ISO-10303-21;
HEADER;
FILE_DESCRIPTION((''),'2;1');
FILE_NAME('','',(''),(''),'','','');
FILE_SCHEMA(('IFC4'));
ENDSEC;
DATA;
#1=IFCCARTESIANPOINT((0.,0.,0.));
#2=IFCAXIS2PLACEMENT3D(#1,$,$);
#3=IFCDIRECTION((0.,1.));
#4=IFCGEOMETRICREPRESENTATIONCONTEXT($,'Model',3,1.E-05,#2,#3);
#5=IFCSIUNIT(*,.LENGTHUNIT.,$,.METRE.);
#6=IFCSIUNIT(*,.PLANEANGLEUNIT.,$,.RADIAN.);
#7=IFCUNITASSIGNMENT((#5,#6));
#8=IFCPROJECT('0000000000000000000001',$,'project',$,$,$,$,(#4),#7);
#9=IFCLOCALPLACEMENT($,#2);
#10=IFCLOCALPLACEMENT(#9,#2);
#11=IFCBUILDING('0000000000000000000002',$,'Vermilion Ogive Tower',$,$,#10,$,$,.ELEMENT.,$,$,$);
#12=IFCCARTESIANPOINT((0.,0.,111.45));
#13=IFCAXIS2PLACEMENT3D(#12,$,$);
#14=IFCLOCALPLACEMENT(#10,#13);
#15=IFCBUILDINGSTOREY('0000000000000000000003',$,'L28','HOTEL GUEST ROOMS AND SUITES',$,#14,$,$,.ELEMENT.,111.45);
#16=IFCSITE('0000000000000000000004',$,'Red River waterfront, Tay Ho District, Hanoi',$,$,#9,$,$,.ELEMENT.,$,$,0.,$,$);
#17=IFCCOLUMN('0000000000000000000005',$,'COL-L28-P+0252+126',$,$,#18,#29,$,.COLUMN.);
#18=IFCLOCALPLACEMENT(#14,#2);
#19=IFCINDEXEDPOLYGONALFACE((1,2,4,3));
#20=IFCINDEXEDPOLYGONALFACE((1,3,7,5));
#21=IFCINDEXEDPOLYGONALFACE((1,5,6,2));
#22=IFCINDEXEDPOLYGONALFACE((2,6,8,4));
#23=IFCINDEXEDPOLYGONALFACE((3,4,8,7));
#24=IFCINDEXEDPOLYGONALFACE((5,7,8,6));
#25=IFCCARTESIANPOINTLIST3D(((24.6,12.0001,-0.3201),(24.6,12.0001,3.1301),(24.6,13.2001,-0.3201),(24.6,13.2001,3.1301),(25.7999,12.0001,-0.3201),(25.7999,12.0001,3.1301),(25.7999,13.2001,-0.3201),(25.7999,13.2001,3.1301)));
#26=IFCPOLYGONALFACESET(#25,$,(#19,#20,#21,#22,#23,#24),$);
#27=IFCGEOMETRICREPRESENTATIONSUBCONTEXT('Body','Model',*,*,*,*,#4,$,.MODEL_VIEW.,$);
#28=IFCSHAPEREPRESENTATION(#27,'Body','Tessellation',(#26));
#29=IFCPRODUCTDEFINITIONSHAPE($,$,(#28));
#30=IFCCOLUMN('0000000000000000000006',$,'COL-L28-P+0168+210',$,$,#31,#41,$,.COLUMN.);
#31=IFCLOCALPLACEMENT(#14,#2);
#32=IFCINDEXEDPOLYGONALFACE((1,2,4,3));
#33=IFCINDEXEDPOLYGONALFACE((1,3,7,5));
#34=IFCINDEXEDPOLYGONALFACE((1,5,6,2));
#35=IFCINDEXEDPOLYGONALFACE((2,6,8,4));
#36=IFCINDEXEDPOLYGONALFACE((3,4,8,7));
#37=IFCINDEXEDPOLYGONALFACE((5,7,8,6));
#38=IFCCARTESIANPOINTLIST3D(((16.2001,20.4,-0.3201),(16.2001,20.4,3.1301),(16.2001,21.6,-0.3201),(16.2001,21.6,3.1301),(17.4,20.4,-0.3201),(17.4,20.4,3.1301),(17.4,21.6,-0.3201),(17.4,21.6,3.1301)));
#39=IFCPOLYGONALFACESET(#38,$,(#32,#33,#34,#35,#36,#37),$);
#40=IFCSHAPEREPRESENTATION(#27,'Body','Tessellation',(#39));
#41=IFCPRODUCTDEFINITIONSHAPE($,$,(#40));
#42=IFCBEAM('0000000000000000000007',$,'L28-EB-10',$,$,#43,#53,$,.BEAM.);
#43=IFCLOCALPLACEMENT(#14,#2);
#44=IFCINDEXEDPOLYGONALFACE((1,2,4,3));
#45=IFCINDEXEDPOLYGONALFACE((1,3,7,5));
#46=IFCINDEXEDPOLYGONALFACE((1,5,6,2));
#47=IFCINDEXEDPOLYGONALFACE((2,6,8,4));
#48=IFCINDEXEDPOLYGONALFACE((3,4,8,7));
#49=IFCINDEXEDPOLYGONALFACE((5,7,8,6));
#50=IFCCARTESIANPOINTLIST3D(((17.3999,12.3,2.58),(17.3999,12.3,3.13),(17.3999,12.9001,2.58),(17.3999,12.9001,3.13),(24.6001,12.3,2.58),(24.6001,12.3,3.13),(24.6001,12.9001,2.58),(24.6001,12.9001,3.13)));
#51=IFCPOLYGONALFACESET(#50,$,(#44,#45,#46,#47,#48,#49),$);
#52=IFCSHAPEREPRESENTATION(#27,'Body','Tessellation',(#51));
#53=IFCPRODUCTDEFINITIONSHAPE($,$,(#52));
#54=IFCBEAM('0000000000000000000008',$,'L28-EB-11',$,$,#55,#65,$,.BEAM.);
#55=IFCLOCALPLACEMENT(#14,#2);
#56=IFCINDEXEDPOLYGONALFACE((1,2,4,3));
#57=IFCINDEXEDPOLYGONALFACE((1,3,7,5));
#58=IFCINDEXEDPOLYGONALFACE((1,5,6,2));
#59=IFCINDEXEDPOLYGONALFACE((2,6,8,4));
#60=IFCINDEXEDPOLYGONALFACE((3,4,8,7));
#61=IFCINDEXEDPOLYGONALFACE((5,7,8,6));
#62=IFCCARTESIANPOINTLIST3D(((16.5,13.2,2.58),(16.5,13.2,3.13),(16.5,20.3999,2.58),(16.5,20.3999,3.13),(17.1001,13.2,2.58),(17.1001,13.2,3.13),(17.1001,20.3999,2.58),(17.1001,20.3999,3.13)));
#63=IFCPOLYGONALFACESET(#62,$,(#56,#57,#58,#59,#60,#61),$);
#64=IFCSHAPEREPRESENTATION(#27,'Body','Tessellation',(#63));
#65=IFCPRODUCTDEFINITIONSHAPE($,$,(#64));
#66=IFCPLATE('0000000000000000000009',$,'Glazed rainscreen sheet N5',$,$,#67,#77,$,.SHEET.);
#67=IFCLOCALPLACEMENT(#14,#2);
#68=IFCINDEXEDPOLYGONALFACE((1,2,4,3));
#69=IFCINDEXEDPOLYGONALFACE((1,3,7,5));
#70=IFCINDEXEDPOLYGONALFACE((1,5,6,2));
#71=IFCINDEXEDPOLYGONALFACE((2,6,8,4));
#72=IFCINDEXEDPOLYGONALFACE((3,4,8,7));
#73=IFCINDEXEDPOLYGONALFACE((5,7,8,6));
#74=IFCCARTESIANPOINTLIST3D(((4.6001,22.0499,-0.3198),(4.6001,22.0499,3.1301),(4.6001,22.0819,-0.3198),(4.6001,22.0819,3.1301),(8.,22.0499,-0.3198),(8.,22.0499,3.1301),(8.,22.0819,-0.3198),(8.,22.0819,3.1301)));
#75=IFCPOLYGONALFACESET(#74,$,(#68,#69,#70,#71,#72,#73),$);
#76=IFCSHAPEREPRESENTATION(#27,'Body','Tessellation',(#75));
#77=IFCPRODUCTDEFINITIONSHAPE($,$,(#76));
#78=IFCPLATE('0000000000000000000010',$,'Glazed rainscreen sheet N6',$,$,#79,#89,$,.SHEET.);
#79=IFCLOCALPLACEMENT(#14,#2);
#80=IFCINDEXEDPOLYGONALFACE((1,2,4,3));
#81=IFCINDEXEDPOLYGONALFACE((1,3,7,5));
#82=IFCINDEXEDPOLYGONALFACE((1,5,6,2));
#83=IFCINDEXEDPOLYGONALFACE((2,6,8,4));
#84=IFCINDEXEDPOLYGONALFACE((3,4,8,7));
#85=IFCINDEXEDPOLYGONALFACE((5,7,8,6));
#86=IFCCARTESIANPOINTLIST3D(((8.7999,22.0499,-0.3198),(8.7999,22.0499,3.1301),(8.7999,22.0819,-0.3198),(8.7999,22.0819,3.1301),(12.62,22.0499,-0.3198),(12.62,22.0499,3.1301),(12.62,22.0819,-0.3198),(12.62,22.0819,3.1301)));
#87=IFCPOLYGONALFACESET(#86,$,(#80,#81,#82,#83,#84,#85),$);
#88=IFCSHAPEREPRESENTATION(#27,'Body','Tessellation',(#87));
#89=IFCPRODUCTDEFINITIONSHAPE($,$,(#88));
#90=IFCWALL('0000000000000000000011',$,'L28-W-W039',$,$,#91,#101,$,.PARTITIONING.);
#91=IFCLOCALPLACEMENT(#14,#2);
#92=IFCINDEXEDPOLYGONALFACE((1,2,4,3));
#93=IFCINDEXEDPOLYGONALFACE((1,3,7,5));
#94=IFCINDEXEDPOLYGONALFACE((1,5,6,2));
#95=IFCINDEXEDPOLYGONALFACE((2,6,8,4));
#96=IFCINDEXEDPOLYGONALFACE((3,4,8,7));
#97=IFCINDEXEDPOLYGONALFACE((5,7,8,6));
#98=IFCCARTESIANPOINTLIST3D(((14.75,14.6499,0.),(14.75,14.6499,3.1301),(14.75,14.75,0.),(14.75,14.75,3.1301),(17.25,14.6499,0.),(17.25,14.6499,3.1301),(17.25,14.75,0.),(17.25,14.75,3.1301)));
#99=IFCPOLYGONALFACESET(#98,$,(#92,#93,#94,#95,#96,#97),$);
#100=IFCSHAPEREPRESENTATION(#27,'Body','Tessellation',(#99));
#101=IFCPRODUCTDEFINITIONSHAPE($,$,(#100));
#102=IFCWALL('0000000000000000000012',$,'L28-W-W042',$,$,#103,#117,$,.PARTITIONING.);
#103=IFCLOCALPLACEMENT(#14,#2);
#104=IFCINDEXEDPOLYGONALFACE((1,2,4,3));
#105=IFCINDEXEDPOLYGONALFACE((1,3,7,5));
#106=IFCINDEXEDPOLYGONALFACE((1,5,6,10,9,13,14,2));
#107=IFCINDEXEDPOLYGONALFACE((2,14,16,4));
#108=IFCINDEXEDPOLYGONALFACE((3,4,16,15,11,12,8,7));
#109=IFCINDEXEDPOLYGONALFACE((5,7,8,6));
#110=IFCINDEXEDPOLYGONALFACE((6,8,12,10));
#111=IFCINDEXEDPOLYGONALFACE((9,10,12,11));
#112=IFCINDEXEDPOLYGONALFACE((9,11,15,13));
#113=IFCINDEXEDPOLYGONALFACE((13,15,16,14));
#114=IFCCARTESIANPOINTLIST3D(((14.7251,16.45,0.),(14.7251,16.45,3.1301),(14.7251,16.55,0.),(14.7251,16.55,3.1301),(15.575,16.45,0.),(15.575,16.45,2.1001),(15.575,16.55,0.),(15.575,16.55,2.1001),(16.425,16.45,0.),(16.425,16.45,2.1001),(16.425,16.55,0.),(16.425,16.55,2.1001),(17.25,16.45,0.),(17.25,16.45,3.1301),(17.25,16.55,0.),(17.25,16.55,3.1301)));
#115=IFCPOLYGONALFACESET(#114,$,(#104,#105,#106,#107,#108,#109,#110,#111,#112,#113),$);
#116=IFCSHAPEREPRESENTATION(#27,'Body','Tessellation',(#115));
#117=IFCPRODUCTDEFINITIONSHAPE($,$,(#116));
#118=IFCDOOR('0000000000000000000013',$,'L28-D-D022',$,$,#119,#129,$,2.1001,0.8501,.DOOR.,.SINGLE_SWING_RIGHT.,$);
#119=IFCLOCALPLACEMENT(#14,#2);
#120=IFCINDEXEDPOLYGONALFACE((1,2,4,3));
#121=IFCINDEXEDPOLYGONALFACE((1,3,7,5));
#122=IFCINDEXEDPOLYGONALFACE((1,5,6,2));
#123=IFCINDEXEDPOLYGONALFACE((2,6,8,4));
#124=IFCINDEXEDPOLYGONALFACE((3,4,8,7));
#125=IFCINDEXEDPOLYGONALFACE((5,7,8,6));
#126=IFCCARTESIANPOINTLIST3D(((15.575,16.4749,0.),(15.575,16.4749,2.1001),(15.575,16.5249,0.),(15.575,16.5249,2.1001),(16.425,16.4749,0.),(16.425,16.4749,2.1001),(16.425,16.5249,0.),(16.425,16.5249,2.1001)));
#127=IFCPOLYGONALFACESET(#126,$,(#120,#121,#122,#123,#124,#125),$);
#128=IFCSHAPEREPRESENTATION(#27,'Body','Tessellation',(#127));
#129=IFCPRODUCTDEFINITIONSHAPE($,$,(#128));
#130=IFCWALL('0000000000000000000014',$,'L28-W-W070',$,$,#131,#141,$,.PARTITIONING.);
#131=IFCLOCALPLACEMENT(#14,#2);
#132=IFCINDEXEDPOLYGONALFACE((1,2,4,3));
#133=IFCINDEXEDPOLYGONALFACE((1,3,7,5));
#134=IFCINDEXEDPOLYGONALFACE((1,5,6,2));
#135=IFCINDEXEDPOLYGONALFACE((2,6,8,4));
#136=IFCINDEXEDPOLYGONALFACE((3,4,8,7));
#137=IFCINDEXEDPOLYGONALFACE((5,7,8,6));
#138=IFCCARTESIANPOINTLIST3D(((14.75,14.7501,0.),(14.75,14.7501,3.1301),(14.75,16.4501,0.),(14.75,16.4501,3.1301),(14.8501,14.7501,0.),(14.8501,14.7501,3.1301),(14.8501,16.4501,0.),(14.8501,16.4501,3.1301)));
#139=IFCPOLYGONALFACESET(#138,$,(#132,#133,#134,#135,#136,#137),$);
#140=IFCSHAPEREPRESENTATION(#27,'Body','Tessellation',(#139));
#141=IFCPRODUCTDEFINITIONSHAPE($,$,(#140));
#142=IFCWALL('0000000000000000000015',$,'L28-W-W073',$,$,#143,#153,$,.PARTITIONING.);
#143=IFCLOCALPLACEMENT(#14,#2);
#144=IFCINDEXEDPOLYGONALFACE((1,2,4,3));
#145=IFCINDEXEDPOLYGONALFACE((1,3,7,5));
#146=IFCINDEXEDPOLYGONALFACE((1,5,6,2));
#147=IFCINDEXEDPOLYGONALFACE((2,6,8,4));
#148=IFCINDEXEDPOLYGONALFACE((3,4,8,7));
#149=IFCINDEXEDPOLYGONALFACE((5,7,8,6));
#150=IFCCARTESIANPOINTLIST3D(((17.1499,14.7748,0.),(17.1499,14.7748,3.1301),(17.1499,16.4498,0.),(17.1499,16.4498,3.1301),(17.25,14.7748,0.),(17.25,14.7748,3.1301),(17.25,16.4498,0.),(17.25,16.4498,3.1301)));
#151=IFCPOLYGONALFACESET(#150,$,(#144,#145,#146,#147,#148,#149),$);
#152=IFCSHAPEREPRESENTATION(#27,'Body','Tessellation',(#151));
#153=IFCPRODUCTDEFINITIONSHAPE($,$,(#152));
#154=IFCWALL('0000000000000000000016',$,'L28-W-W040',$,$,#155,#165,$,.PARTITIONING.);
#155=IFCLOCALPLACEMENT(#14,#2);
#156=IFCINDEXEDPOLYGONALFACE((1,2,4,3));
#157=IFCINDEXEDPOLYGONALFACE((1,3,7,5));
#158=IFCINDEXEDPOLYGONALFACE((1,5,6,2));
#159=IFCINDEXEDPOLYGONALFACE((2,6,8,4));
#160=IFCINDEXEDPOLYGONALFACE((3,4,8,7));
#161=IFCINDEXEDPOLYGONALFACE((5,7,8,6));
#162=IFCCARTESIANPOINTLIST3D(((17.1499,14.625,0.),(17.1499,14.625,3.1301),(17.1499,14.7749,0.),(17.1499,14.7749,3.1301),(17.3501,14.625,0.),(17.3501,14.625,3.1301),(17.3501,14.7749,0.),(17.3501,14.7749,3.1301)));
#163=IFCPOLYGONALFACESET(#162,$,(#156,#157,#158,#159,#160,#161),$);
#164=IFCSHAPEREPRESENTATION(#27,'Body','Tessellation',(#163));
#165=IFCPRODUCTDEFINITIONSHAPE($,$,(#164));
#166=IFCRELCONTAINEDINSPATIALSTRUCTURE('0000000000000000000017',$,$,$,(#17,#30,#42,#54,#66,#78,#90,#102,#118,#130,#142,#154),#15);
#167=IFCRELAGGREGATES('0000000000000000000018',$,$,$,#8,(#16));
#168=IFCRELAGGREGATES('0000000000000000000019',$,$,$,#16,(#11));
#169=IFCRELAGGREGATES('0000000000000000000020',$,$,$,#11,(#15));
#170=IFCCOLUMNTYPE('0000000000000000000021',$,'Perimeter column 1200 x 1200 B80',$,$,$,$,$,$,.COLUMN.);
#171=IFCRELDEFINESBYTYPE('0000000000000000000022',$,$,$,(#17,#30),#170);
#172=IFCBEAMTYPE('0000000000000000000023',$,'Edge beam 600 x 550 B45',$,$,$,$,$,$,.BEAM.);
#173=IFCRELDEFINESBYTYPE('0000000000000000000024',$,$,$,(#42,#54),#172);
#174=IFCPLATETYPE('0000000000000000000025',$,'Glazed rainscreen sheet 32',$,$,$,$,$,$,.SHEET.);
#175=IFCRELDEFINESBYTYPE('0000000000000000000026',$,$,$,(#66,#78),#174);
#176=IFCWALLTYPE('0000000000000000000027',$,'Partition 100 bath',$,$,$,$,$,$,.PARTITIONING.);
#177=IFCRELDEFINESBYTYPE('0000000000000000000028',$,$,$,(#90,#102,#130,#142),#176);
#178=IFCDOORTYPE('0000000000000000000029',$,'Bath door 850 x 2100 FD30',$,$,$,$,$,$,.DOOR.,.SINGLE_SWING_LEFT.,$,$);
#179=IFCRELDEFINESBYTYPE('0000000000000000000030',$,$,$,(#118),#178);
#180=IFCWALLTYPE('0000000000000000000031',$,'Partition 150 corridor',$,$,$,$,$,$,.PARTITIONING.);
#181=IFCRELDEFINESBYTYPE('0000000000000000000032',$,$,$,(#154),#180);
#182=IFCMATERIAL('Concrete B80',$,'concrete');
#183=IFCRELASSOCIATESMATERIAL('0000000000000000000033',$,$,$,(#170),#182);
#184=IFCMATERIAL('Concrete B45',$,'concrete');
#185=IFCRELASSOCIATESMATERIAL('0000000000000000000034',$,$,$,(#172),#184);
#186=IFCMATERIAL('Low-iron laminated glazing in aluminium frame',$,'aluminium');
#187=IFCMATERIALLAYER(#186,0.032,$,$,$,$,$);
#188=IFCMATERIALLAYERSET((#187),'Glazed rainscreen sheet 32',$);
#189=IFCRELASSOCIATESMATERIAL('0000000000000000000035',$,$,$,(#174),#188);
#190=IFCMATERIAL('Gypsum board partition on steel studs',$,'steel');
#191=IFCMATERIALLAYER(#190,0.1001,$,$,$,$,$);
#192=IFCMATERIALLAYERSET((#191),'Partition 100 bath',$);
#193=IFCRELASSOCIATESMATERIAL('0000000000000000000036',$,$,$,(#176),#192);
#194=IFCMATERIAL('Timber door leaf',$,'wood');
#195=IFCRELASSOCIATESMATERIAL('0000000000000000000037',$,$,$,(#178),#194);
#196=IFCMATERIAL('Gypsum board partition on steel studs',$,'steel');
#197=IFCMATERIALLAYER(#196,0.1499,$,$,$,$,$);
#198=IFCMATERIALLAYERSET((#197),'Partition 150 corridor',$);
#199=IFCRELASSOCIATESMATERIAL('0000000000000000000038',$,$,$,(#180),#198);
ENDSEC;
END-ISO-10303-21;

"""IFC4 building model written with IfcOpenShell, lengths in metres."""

from ifc_helpers import new_model, si_unit, direction, frame, frame_2d, origin, origin_2d, place, context, subcontext, project, spatial, rectangle, extrude, material, layer, layer_set, material_profile, profile_set, type_object, element, fill, save


model = new_model("IFC4")

# Units and contexts
model_context = context("Model", 3, precision=1e-05, world=origin(), true_north=direction((0.0, 1.0)))
body_context = subcontext(model_context, "Body", "Model", "MODEL_VIEW")
ifc_project = project(units=[si_unit("LENGTHUNIT", "METRE"), si_unit("PLANEANGLEUNIT", "RADIAN")], contexts=[model_context])

# Site, building, storey
site_placement = place(None, origin())
site = spatial("IfcSite", under=ifc_project, at=site_placement, Name="Red River waterfront, Tay Ho District, Hanoi", CompositionType="ELEMENT", RefElevation=0.0)
building_placement = place(site_placement, origin())
building = spatial("IfcBuilding", under=site, at=building_placement, Name="Vermilion Ogive Tower", CompositionType="ELEMENT")
storey_placement = place(building_placement, frame((0.0, 0.0, 111.45)))
storey = spatial("IfcBuildingStorey", under=building, at=storey_placement, Name="L28", Description="HOTEL GUEST ROOMS AND SUITES", CompositionType="ELEMENT", Elevation=111.45)

# Columns
ifc_material_1 = material(Name="Concrete B80", Category="concrete")
ifc_material_profile_1 = material_profile(ifc_material_1, rectangle(XDim=1.2, YDim=1.2, at=origin_2d()), Name="1200 x 1200")
ifc_profile_set_1 = profile_set([ifc_material_profile_1], Name="Concrete B80")
column_type = type_object("IfcColumnType", Name="Perimeter column 1200 x 1200 B80", PredefinedType="COLUMN", material=ifc_profile_set_1)
for number, where, z_axis, x_axis, name in (
    (1, (25.2, 12.6001, -0.3201), (0.0, 0.0, 1.0), (1.0, 0.0, 0.0), "COL-L28-P+0252+126"),
    (2, (16.8, 21.0, -0.3201), (0.0, 0.0, 1.0), (1.0, 0.0, 0.0), "COL-L28-P+0168+210"),
):
    element("IfcColumn", number, at=place(storey_placement, frame(where, z_axis=z_axis, x_axis=x_axis)), inside=storey, type_object=column_type, Name=name, PredefinedType="COLUMN", context=body_context, shape_type="SweptSolid", body=[
        extrude(rectangle(XDim=1.2, YDim=1.2, at=origin_2d()), origin(), (0.0, 0.0, 1.0), 3.4502),
    ])

# Beams
ifc_material_2 = material(Name="Concrete B45", Category="concrete")
ifc_material_profile_2 = material_profile(ifc_material_2, rectangle(XDim=0.6001, YDim=0.55, at=origin_2d()), Name="600 x 550")
ifc_profile_set_2 = profile_set([ifc_material_profile_2], Name="Concrete B45")
beam_type = type_object("IfcBeamType", Name="Edge beam 600 x 550 B45", PredefinedType="BEAM", material=ifc_profile_set_2)
beam_1_placement = place(storey_placement, frame((24.6001, 12.6001, 2.855), z_axis=(-1.0, 0.0, 0.0), x_axis=(0.0, -1.0, 0.0)))
element("IfcBeam", 3, at=beam_1_placement, inside=storey, type_object=beam_type, Name="L28-EB-10", PredefinedType="BEAM", context=body_context, shape_type="SweptSolid", body=[
    extrude(rectangle(XDim=0.6001, YDim=0.55, at=origin_2d()), origin(), (0.0, 0.0, 1.0), 7.2002),
])
beam_2_placement = place(storey_placement, frame((16.8, 13.2, 2.855), z_axis=(0.0, 1.0, 0.0), x_axis=(-1.0, 0.0, 0.0)))
element("IfcBeam", 4, at=beam_2_placement, inside=storey, type_object=beam_type, Name="L28-EB-11", PredefinedType="BEAM", context=body_context, shape_type="SweptSolid", body=[
    extrude(rectangle(XDim=0.6001, YDim=0.55, at=origin_2d()), origin(), (0.0, 0.0, 1.0), 7.2),
])

# Plates
ifc_material_3 = material(Name="Low-iron laminated glazing in aluminium frame", Category="aluminium")
ifc_layer_1 = layer(ifc_material_3, 0.032)
ifc_layer_set_1 = layer_set([ifc_layer_1], Name="Glazed rainscreen sheet 32")
plate_type = type_object("IfcPlateType", Name="Glazed rainscreen sheet 32", PredefinedType="SHEET", material=ifc_layer_set_1)
plate_1_placement = place(storey_placement, frame((6.3, 22.0659, -0.3198), z_axis=(0.0, 0.0, 1.0), x_axis=(1.0, 0.0, 0.0)))
element("IfcPlate", 5, at=plate_1_placement, inside=storey, type_object=plate_type, Name="Glazed rainscreen sheet N5", PredefinedType="SHEET", context=body_context, shape_type="SweptSolid", body=[
    extrude(rectangle(XDim=3.3999, YDim=0.032, at=origin_2d()), origin(), (0.0, 0.0, 1.0), 3.45),
])
plate_2_placement = place(storey_placement, frame((10.71, 22.0659, -0.3198), z_axis=(0.0, 0.0, 1.0), x_axis=(1.0, 0.0, 0.0)))
element("IfcPlate", 6, at=plate_2_placement, inside=storey, type_object=plate_type, Name="Glazed rainscreen sheet N6", PredefinedType="SHEET", context=body_context, shape_type="SweptSolid", body=[
    extrude(rectangle(XDim=3.8201, YDim=0.032, at=origin_2d()), origin(), (0.0, 0.0, 1.0), 3.45),
])

# Wall
ifc_material_4 = material(Name="Gypsum board partition on steel studs", Category="steel")
ifc_layer_2 = layer(ifc_material_4, 0.1001)
ifc_layer_set_2 = layer_set([ifc_layer_2], Name="Partition 100 bath")
wall_type_1 = type_object("IfcWallType", Name="Partition 100 bath", PredefinedType="PARTITIONING", material=ifc_layer_set_2)
wall_1_placement = place(storey_placement, frame((14.75, 14.7, 0.0), z_axis=(0.0, 0.0, 1.0), x_axis=(1.0, 0.0, 0.0)))
element("IfcWall", 7, at=wall_1_placement, inside=storey, type_object=wall_type_1, Name="L28-W-W039", PredefinedType="PARTITIONING", context=body_context, shape_type="SweptSolid", body=[
    extrude(rectangle(XDim=2.5, YDim=0.1001, at=frame_2d((1.25, 0.0))), origin(), (0.0, 0.0, 1.0), 3.1301),
])

# Wall, opening, door
wall_2_placement = place(storey_placement, frame((14.7251, 16.5, 0.0), z_axis=(0.0, 0.0, 1.0), x_axis=(1.0, 0.0, 0.0)))
wall_2 = element("IfcWall", 8, at=wall_2_placement, inside=storey, type_object=wall_type_1, Name="L28-W-W042", PredefinedType="PARTITIONING", context=body_context, shape_type="SweptSolid", body=[
    extrude(rectangle(XDim=2.5249, YDim=0.1001, at=frame_2d((1.2625, 0.0))), origin(), (0.0, 0.0, 1.0), 3.1301),
])
opening_1_placement = place(wall_2_placement, frame((0.8499, 0.0, 0.0)))
opening_1 = element("IfcOpeningElement", 9, at=opening_1_placement, cuts=wall_2, PredefinedType="OPENING", context=body_context, shape_type="SweptSolid", body=[
    extrude(rectangle(XDim=0.8501, YDim=2.1001, at=frame_2d((0.425, 1.05))), frame((0.0, 0.0601, 0.0), z_axis=(0.0, -1.0, 0.0), x_axis=(1.0, 0.0, 0.0)), (0.0, 0.0, 1.0), 0.1201),
])
ifc_material_5 = material(Name="Timber door leaf", Category="wood")
door_type_1 = type_object("IfcDoorType", Name="Bath door 850 x 2100 FD30", OperationType="SINGLE_SWING_LEFT", PredefinedType="DOOR", material=ifc_material_5)
door_1_placement = place(opening_1_placement, origin())
door_1 = element("IfcDoor", 10, at=door_1_placement, inside=storey, type_object=door_type_1, Name="L28-D-D022", OperationType="SINGLE_SWING_RIGHT", OverallHeight=2.1001, OverallWidth=0.8501, PredefinedType="DOOR", context=body_context, shape_type="SweptSolid", body=[
    extrude(rectangle(XDim=0.8501, YDim=2.1001, at=frame_2d((0.425, 1.05))), frame((0.0, 0.0249, 0.0), z_axis=(0.0, -1.0, 0.0), x_axis=(1.0, 0.0, 0.0)), (0.0, 0.0, 1.0), 0.05),
])
fill(opening_1, door_1)

# Walls
wall_3_placement = place(storey_placement, frame((14.8, 14.75, 0.0), z_axis=(0.0, 0.0, 1.0), x_axis=(0.0, 1.0, 0.0)))
element("IfcWall", 11, at=wall_3_placement, inside=storey, type_object=wall_type_1, Name="L28-W-W070", PredefinedType="PARTITIONING", context=body_context, shape_type="SweptSolid", body=[
    extrude(rectangle(XDim=1.7, YDim=0.1001, at=frame_2d((0.8501, 0.0))), origin(), (0.0, 0.0, 1.0), 3.1301),
])
wall_4_placement = place(storey_placement, frame((17.2, 14.7749, 0.0), z_axis=(0.0, 0.0, 1.0), x_axis=(0.0, 1.0, 0.0)))
element("IfcWall", 12, at=wall_4_placement, inside=storey, type_object=wall_type_1, Name="L28-W-W073", PredefinedType="PARTITIONING", context=body_context, shape_type="SweptSolid", body=[
    extrude(rectangle(XDim=1.675, YDim=0.1001, at=frame_2d((0.8374, 0.0))), origin(), (0.0, 0.0, 1.0), 3.1301),
])
ifc_material_6 = material(Name="Gypsum board partition on steel studs", Category="steel")
ifc_layer_3 = layer(ifc_material_6, 0.1499)
ifc_layer_set_3 = layer_set([ifc_layer_3], Name="Partition 150 corridor")
wall_type_2 = type_object("IfcWallType", Name="Partition 150 corridor", PredefinedType="PARTITIONING", material=ifc_layer_set_3)
wall_5_placement = place(storey_placement, frame((17.1499, 14.7, 0.0), z_axis=(0.0, 0.0, 1.0), x_axis=(1.0, 0.0, 0.0)))
element("IfcWall", 13, at=wall_5_placement, inside=storey, type_object=wall_type_2, Name="L28-W-W040", PredefinedType="PARTITIONING", context=body_context, shape_type="SweptSolid", body=[
    extrude(rectangle(XDim=0.2002, YDim=0.1499, at=frame_2d((0.1001, 0.0))), origin(), (0.0, 0.0, 1.0), 3.1301),
])

save(model, "model.ifc")
